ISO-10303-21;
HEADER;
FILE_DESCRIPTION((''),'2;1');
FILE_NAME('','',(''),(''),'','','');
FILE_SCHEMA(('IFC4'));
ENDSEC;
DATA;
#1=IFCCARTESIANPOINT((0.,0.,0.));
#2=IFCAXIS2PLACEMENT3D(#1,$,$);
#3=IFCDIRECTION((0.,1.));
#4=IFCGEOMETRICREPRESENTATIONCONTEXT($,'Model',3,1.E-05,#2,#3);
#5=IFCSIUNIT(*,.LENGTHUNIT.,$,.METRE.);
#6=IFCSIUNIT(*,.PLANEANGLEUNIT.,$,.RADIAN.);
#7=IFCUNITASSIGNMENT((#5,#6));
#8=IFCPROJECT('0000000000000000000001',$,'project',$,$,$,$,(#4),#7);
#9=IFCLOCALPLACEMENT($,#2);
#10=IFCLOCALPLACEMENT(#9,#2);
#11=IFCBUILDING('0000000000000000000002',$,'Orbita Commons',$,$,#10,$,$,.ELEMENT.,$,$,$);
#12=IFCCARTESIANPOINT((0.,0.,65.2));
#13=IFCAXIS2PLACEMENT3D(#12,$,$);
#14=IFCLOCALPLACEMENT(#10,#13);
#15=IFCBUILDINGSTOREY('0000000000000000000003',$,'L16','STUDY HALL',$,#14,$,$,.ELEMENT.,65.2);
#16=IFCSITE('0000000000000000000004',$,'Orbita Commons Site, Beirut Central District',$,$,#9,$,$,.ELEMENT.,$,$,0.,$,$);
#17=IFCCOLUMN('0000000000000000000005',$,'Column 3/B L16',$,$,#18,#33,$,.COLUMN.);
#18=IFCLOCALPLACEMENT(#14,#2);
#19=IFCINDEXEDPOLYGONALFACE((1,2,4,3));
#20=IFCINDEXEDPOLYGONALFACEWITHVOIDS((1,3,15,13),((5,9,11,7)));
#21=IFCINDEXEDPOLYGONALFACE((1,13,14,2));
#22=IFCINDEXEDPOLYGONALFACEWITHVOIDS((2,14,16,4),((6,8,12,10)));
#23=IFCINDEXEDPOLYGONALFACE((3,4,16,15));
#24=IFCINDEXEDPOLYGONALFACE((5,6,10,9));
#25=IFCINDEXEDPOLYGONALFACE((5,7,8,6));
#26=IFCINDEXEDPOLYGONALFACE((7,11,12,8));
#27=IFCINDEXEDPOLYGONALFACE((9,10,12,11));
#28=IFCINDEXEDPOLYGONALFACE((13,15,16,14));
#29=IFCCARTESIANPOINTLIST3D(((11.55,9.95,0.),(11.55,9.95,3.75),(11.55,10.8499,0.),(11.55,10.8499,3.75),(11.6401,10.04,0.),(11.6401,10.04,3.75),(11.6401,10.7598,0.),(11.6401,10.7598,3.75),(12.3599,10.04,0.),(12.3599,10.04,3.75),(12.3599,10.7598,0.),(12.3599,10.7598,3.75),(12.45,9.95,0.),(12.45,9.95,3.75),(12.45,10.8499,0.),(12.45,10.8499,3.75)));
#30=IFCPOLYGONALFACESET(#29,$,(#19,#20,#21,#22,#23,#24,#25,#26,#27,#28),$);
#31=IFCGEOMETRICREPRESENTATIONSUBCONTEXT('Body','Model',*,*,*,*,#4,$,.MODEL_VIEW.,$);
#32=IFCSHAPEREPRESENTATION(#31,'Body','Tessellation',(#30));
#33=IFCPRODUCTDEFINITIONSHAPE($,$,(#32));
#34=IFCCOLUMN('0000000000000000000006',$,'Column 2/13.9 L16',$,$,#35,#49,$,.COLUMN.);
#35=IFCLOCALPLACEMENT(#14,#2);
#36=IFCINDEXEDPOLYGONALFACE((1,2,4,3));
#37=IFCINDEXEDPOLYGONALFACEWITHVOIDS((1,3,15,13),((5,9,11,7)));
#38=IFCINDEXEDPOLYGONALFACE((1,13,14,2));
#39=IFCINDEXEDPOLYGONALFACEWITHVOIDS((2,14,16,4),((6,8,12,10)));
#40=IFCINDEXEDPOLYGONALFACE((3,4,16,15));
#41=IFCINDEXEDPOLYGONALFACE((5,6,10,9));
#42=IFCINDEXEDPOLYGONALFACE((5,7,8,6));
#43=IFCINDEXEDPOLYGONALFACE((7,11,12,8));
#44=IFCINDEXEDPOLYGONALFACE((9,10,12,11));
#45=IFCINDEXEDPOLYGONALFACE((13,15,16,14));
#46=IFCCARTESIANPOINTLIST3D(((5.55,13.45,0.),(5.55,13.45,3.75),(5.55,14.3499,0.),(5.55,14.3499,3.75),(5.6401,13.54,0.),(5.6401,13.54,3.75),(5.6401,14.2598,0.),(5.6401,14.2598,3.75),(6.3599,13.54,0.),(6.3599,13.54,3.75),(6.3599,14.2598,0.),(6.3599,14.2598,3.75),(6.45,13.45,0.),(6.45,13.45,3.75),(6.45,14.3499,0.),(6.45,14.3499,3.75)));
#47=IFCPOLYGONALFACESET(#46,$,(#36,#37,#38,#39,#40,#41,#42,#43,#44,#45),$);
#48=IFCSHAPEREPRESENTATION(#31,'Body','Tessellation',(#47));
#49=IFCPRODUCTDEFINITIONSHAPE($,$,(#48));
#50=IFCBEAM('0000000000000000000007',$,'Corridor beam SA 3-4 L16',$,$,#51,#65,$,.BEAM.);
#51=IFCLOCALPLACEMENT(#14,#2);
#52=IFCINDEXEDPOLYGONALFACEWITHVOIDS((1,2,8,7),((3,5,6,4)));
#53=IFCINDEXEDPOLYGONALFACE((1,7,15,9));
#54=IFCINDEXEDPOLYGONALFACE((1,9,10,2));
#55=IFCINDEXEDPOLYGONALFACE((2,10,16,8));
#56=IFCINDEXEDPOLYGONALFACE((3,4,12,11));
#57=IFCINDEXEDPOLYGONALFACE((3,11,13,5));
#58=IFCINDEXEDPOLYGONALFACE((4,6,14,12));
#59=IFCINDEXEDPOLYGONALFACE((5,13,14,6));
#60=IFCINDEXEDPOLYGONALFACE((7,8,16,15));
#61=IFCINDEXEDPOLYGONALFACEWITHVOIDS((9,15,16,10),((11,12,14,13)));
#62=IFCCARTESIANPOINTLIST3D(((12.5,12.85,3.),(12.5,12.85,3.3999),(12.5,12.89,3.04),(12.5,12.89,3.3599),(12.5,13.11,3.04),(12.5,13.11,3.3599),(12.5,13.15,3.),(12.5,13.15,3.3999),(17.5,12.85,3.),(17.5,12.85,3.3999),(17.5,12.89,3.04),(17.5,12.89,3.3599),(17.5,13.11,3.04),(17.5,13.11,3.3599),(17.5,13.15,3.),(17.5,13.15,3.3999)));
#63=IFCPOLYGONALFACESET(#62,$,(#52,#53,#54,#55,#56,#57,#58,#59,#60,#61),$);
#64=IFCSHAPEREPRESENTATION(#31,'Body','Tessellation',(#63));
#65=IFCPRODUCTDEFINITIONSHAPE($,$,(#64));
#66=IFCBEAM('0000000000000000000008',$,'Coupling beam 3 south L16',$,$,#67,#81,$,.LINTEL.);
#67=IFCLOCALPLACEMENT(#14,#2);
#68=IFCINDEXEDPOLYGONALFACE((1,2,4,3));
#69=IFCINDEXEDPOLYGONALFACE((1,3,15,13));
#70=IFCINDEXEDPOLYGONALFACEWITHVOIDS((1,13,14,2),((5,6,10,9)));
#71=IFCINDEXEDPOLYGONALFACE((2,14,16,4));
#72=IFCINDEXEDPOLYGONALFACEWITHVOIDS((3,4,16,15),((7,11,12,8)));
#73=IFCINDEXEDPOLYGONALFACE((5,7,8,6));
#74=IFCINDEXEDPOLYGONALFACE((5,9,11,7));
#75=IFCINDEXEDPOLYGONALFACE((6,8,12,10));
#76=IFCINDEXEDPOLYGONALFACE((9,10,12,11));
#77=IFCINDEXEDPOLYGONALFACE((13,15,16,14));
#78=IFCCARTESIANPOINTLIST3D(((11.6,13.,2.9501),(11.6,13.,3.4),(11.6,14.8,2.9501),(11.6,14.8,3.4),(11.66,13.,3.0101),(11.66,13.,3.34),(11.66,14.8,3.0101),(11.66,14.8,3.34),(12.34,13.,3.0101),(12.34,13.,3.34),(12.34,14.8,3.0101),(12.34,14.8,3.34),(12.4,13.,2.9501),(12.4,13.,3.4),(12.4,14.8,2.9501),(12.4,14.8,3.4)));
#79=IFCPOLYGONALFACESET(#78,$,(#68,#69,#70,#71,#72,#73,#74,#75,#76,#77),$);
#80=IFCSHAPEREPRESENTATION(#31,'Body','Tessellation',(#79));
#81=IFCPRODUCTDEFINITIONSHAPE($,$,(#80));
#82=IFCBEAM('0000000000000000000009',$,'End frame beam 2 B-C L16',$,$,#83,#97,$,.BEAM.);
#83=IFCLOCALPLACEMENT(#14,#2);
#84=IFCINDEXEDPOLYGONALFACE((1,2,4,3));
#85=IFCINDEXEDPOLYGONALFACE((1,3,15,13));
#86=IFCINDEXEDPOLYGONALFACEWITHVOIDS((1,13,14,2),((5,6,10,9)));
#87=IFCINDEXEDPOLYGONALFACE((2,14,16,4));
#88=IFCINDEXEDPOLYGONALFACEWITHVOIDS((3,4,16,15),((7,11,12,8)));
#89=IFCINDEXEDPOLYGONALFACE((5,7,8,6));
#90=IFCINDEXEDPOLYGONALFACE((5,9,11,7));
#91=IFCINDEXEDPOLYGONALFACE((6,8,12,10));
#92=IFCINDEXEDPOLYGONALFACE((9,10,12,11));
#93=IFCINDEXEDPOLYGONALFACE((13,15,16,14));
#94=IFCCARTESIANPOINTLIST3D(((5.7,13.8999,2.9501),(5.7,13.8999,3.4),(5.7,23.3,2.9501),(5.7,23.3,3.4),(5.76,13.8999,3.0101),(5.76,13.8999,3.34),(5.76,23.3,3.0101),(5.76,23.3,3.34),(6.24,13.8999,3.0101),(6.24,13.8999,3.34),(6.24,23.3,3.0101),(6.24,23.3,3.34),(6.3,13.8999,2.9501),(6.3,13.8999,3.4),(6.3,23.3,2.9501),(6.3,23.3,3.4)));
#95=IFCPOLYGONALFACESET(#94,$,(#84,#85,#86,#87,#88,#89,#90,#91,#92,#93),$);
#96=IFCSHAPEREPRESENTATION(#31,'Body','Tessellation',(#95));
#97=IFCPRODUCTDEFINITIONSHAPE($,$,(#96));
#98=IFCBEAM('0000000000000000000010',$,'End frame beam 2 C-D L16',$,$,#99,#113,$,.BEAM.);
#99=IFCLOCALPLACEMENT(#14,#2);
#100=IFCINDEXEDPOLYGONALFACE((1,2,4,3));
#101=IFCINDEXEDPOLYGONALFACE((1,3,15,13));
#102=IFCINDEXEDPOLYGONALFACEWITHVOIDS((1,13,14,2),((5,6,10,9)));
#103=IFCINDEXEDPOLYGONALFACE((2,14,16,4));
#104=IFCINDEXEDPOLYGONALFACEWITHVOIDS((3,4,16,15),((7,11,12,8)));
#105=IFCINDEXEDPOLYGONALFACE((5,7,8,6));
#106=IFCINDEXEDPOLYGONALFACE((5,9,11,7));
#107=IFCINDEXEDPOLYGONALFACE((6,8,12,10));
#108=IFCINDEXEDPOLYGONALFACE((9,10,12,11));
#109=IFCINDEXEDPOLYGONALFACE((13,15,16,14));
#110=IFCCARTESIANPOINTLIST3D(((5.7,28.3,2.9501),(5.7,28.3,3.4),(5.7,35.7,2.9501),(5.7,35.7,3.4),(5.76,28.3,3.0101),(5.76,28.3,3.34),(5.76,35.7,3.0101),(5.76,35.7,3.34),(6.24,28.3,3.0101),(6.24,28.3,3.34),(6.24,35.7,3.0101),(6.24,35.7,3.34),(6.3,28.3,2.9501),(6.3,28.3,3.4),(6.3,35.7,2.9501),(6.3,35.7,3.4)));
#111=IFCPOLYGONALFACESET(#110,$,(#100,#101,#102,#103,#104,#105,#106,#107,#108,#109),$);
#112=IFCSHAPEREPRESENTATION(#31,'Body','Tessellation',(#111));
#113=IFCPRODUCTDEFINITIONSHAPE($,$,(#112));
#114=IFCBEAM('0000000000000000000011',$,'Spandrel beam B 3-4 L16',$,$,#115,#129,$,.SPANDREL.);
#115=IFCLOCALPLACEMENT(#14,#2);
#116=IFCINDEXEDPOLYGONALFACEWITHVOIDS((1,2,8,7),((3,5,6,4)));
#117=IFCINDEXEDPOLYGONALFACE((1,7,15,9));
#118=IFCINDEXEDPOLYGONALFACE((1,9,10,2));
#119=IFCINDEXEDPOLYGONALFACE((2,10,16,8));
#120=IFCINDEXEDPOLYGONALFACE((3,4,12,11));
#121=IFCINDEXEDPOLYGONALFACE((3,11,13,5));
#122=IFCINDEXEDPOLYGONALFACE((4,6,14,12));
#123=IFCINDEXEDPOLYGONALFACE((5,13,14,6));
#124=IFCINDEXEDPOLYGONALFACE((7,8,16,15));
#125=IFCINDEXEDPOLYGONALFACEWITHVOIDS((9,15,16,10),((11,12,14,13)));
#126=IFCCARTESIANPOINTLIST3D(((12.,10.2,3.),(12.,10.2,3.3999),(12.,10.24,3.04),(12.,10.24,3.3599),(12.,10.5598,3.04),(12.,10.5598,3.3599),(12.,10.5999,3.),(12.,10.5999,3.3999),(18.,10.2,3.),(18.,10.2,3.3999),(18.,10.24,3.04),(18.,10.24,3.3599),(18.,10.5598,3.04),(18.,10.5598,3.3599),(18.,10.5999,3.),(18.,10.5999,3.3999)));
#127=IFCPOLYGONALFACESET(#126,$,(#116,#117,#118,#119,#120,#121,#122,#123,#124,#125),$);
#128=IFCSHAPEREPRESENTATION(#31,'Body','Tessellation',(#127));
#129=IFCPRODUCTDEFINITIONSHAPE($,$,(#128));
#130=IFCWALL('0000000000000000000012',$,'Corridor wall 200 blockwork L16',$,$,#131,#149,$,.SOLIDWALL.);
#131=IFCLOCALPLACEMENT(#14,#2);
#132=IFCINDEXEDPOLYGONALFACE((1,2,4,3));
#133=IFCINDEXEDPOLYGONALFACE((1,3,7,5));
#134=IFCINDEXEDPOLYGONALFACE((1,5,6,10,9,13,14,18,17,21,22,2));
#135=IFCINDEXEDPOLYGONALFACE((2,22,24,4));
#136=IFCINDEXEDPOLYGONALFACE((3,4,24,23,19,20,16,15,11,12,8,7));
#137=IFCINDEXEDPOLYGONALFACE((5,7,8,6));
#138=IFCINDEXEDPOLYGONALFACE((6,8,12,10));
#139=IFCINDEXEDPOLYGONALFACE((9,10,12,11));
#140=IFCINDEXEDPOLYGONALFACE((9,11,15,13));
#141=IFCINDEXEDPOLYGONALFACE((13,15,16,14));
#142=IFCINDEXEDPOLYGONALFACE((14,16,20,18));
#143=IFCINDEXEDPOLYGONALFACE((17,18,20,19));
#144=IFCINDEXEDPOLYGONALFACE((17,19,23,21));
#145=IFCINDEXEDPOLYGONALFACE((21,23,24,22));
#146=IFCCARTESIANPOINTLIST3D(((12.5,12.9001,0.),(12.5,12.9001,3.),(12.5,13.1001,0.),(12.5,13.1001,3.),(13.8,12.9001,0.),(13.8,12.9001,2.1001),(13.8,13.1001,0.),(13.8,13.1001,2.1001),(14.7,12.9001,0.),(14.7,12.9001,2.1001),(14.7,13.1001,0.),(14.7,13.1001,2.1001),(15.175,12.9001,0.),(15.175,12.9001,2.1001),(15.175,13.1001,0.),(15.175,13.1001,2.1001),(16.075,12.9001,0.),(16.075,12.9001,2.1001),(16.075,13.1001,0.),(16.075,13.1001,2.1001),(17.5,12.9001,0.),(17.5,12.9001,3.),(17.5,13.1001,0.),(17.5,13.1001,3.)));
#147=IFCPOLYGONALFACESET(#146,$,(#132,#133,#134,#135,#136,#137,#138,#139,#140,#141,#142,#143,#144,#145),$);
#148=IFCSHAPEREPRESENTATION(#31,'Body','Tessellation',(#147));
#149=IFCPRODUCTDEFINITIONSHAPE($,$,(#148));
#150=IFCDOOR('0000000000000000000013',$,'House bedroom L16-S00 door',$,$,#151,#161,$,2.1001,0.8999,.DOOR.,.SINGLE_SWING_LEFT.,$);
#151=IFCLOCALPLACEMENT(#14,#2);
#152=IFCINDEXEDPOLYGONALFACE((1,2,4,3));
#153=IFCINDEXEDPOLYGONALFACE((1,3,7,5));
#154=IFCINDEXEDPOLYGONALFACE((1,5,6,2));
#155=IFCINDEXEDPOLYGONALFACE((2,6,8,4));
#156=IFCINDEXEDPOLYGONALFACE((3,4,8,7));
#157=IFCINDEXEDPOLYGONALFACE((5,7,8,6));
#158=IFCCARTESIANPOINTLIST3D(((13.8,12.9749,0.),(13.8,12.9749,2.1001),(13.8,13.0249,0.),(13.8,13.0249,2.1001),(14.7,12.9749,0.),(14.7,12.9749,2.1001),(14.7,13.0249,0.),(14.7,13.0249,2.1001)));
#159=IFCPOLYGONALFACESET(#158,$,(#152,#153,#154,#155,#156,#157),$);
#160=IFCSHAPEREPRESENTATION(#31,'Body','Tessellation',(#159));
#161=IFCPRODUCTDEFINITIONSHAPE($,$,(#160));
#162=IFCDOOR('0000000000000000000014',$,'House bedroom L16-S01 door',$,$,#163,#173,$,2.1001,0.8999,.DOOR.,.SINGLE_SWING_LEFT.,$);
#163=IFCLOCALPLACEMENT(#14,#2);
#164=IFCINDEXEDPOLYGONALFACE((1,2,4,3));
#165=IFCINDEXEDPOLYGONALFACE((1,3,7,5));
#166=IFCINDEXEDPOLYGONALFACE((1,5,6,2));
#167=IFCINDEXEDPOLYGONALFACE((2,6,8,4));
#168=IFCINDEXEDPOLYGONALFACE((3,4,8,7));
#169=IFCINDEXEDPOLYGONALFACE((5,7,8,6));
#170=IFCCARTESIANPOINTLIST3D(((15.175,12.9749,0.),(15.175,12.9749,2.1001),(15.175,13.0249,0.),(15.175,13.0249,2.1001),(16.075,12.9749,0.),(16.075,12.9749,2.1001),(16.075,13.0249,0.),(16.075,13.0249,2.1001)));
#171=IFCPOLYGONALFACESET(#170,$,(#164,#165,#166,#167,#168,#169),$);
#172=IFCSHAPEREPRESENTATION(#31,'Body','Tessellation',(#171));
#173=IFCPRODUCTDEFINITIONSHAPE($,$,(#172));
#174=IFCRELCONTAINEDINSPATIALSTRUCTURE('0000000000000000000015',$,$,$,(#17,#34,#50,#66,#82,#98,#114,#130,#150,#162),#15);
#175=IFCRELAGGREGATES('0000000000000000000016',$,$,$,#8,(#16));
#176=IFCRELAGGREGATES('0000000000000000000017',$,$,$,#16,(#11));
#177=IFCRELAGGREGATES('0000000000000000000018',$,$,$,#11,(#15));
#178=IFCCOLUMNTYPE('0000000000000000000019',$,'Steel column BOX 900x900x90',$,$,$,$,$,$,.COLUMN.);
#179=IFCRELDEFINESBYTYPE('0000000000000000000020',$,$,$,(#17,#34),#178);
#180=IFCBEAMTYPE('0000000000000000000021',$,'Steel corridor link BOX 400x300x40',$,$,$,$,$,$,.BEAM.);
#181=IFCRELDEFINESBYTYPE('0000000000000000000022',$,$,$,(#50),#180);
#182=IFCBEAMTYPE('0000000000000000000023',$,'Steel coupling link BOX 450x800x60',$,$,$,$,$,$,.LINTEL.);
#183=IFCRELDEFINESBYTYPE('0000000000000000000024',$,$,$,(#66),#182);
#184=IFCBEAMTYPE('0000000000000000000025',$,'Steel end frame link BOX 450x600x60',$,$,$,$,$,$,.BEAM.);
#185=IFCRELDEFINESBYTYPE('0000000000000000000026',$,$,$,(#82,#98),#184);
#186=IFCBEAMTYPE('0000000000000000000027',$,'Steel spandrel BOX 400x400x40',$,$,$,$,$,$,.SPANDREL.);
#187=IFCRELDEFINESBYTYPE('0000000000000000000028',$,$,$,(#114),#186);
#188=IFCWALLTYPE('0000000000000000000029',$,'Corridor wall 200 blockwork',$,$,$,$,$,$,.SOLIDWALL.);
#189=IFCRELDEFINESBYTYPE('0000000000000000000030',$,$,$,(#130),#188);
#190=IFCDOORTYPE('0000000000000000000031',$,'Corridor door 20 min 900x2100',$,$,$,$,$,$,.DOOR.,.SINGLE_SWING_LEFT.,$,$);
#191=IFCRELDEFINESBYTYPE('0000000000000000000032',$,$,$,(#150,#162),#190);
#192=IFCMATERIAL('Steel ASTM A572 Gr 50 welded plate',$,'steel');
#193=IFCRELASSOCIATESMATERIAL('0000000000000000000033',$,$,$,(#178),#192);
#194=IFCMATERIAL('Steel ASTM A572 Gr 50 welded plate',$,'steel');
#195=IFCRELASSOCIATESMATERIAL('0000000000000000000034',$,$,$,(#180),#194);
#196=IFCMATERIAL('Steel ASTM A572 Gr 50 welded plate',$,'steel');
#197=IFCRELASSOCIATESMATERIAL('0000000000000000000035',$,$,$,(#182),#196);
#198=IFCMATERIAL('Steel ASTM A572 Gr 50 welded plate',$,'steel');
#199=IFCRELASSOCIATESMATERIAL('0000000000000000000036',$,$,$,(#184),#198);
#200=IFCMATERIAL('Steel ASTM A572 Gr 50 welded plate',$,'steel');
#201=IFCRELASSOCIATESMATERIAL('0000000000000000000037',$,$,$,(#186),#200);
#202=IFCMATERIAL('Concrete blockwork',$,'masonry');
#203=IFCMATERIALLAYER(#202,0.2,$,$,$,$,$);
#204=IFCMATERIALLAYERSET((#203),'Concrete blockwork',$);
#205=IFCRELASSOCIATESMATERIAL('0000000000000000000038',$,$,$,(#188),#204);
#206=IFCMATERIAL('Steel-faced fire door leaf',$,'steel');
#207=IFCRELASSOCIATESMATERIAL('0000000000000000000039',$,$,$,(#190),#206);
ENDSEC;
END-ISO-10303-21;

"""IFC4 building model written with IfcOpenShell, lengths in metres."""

from ifc_helpers import new_model, si_unit, direction, frame, frame_2d, origin, origin_2d, place, context, subcontext, project, spatial, polyline, rectangle, hollow_rectangle, outline, extrude, material, layer, layer_set, material_profile, profile_set, type_object, element, fill, save


model = new_model("IFC4")

# Units and contexts
model_context = context("Model", 3, precision=1e-05, world=origin(), true_north=direction((0.0, 1.0)))
body_context = subcontext(model_context, "Body", "Model", "MODEL_VIEW")
ifc_project = project(units=[si_unit("LENGTHUNIT", "METRE"), si_unit("PLANEANGLEUNIT", "RADIAN")], contexts=[model_context])

# Site, building, storey
site_placement = place(None, origin())
site = spatial("IfcSite", under=ifc_project, at=site_placement, Name="Orbita Commons Site, Beirut Central District", CompositionType="ELEMENT", RefElevation=0.0)
building_placement = place(site_placement, origin())
building = spatial("IfcBuilding", under=site, at=building_placement, Name="Orbita Commons", CompositionType="ELEMENT")
storey_placement = place(building_placement, frame((0.0, 0.0, 65.2)))
storey = spatial("IfcBuildingStorey", under=building, at=storey_placement, Name="L16", Description="STUDY HALL", CompositionType="ELEMENT", Elevation=65.2)

# Columns
ifc_material_1 = material(Name="Steel ASTM A572 Gr 50 welded plate", Category="steel")
ifc_material_profile_1 = material_profile(ifc_material_1, hollow_rectangle(XDim=0.8999, YDim=0.8999, WallThickness=0.0901, at=origin_2d()), Name="BOX 900x900x90")
ifc_profile_set_1 = profile_set([ifc_material_profile_1], Name="Steel ASTM A572 Gr 50 welded plate")
column_type = type_object("IfcColumnType", Name="Steel column BOX 900x900x90", PredefinedType="COLUMN", material=ifc_profile_set_1)
for number, where, z_axis, x_axis, name in (
    (1, (12.0, 10.3999, 0.0), (0.0, 0.0, 1.0), (1.0, 0.0, 0.0), "Column 3/B L16"),
    (2, (6.0, 13.8999, 0.0), (0.0, 0.0, 1.0), (1.0, 0.0, 0.0), "Column 2/13.9 L16"),
):
    element("IfcColumn", number, at=place(storey_placement, frame(where, z_axis=z_axis, x_axis=x_axis)), inside=storey, type_object=column_type, Name=name, PredefinedType="COLUMN", context=body_context, shape_type="SweptSolid", body=[
        extrude(hollow_rectangle(XDim=0.8999, YDim=0.8999, WallThickness=0.0901, at=origin_2d()), origin(), (0.0, 0.0, 1.0), 3.75),
    ])

# Beams
ifc_material_2 = material(Name="Steel ASTM A572 Gr 50 welded plate", Category="steel")
ifc_material_profile_2 = material_profile(ifc_material_2, hollow_rectangle(XDim=0.3, YDim=0.3999, WallThickness=0.04, at=origin_2d()), Name="BOX 400x300x40")
ifc_profile_set_2 = profile_set([ifc_material_profile_2], Name="Steel ASTM A572 Gr 50 welded plate")
beam_type_1 = type_object("IfcBeamType", Name="Steel corridor link BOX 400x300x40", PredefinedType="BEAM", material=ifc_profile_set_2)
beam_1_placement = place(storey_placement, frame((12.5, 13.0, 3.2), z_axis=(1.0, 0.0, 0.0), x_axis=(0.0, 1.0, 0.0)))
element("IfcBeam", 3, at=beam_1_placement, inside=storey, type_object=beam_type_1, Name="Corridor beam SA 3-4 L16", PredefinedType="BEAM", context=body_context, shape_type="SweptSolid", body=[
    extrude(hollow_rectangle(XDim=0.3, YDim=0.3999, WallThickness=0.04, at=origin_2d()), origin(), (0.0, 0.0, 1.0), 5.0),
])
ifc_material_3 = material(Name="Steel ASTM A572 Gr 50 welded plate", Category="steel")
ifc_material_profile_3 = material_profile(ifc_material_3, hollow_rectangle(XDim=0.8, YDim=0.45, WallThickness=0.0601, at=origin_2d()), Name="BOX 450x800x60")
ifc_profile_set_3 = profile_set([ifc_material_profile_3], Name="Steel ASTM A572 Gr 50 welded plate")
beam_type_2 = type_object("IfcBeamType", Name="Steel coupling link BOX 450x800x60", PredefinedType="LINTEL", material=ifc_profile_set_3)
beam_2_placement = place(storey_placement, frame((12.0, 13.0, 3.175), z_axis=(0.0, 1.0, 0.0), x_axis=(-1.0, 0.0, 0.0)))
element("IfcBeam", 4, at=beam_2_placement, inside=storey, type_object=beam_type_2, Name="Coupling beam 3 south L16", PredefinedType="LINTEL", context=body_context, shape_type="SweptSolid", body=[
    extrude(hollow_rectangle(XDim=0.8, YDim=0.45, WallThickness=0.0601, at=origin_2d()), origin(), (0.0, 0.0, 1.0), 1.8),
])
ifc_material_4 = material(Name="Steel ASTM A572 Gr 50 welded plate", Category="steel")
ifc_material_profile_4 = material_profile(ifc_material_4, hollow_rectangle(XDim=0.6001, YDim=0.45, WallThickness=0.0601, at=origin_2d()), Name="BOX 450x600x60")
ifc_profile_set_4 = profile_set([ifc_material_profile_4], Name="Steel ASTM A572 Gr 50 welded plate")
beam_type_3 = type_object("IfcBeamType", Name="Steel end frame link BOX 450x600x60", PredefinedType="BEAM", material=ifc_profile_set_4)
beam_3_placement = place(storey_placement, frame((6.0, 13.8999, 3.175), z_axis=(0.0, 1.0, 0.0), x_axis=(-1.0, 0.0, 0.0)))
element("IfcBeam", 5, at=beam_3_placement, inside=storey, type_object=beam_type_3, Name="End frame beam 2 B-C L16", PredefinedType="BEAM", context=body_context, shape_type="SweptSolid", body=[
    extrude(hollow_rectangle(XDim=0.6001, YDim=0.45, WallThickness=0.0601, at=origin_2d()), origin(), (0.0, 0.0, 1.0), 9.4001),
])
beam_4_placement = place(storey_placement, frame((6.0, 28.3, 3.175), z_axis=(0.0, 1.0, 0.0), x_axis=(-1.0, 0.0, 0.0)))
element("IfcBeam", 6, at=beam_4_placement, inside=storey, type_object=beam_type_3, Name="End frame beam 2 C-D L16", PredefinedType="BEAM", context=body_context, shape_type="SweptSolid", body=[
    extrude(hollow_rectangle(XDim=0.6001, YDim=0.45, WallThickness=0.0601, at=origin_2d()), origin(), (0.0, 0.0, 1.0), 7.3999),
])
ifc_material_5 = material(Name="Steel ASTM A572 Gr 50 welded plate", Category="steel")
ifc_material_profile_5 = material_profile(ifc_material_5, hollow_rectangle(XDim=0.3999, YDim=0.3999, WallThickness=0.04, at=origin_2d()), Name="BOX 400x400x40")
ifc_profile_set_5 = profile_set([ifc_material_profile_5], Name="Steel ASTM A572 Gr 50 welded plate")
beam_type_4 = type_object("IfcBeamType", Name="Steel spandrel BOX 400x400x40", PredefinedType="SPANDREL", material=ifc_profile_set_5)
beam_5_placement = place(storey_placement, frame((12.0, 10.3999, 3.2), z_axis=(1.0, 0.0, 0.0), x_axis=(0.0, 1.0, 0.0)))
element("IfcBeam", 7, at=beam_5_placement, inside=storey, type_object=beam_type_4, Name="Spandrel beam B 3-4 L16", PredefinedType="SPANDREL", context=body_context, shape_type="SweptSolid", body=[
    extrude(hollow_rectangle(XDim=0.3999, YDim=0.3999, WallThickness=0.04, at=origin_2d()), origin(), (0.0, 0.0, 1.0), 6.0),
])

# Wall, openings, doors
ifc_material_6 = material(Name="Concrete blockwork", Category="masonry")
ifc_layer_1 = layer(ifc_material_6, 0.2)
ifc_layer_set_1 = layer_set([ifc_layer_1], Name="Concrete blockwork")
wall_type_1 = type_object("IfcWallType", Name="Corridor wall 200 blockwork", PredefinedType="SOLIDWALL", material=ifc_layer_set_1)
wall_1_placement = place(storey_placement, frame((12.5, 13.0, 0.0), z_axis=(0.0, 0.0, 1.0), x_axis=(1.0, 0.0, 0.0)))
wall_1 = element("IfcWall", 8, at=wall_1_placement, inside=storey, type_object=wall_type_1, Name="Corridor wall 200 blockwork L16", PredefinedType="SOLIDWALL", context=body_context, shape_type="SweptSolid", body=[
    extrude(outline(polyline([(0.0, 0.0), (5.0, 0.0), (5.0, 3.0), (0.0, 3.0), (0.0, 0.0)])), frame((0.0, 0.1001, 0.0), z_axis=(0.0, -1.0, 0.0), x_axis=(1.0, 0.0, 0.0)), (0.0, 0.0, 1.0), 0.2),
])
opening_1_placement = place(wall_1_placement, frame((1.3, 0.0, 0.0)))
opening_1 = element("IfcOpeningElement", 9, at=opening_1_placement, cuts=wall_1, PredefinedType="OPENING", context=body_context, shape_type="SweptSolid", body=[
    extrude(rectangle(XDim=0.8999, YDim=2.1001, at=frame_2d((0.45, 1.05))), frame((0.0, 0.1099, 0.0), z_axis=(0.0, -1.0, 0.0), x_axis=(1.0, 0.0, 0.0)), (0.0, 0.0, 1.0), 0.22),
])
opening_2_placement = place(wall_1_placement, frame((2.675, 0.0, 0.0)))
opening_2 = element("IfcOpeningElement", 10, at=opening_2_placement, cuts=wall_1, PredefinedType="OPENING", context=body_context, shape_type="SweptSolid", body=[
    extrude(rectangle(XDim=0.8999, YDim=2.1001, at=frame_2d((0.45, 1.05))), frame((0.0, 0.1099, 0.0), z_axis=(0.0, -1.0, 0.0), x_axis=(1.0, 0.0, 0.0)), (0.0, 0.0, 1.0), 0.22),
])
ifc_material_7 = material(Name="Steel-faced fire door leaf", Category="steel")
door_type_1 = type_object("IfcDoorType", Name="Corridor door 20 min 900x2100", OperationType="SINGLE_SWING_LEFT", PredefinedType="DOOR", material=ifc_material_7)
door_1_placement = place(opening_1_placement, origin())
door_1 = element("IfcDoor", 11, at=door_1_placement, inside=storey, type_object=door_type_1, Name="House bedroom L16-S00 door", OperationType="SINGLE_SWING_LEFT", OverallHeight=2.1001, OverallWidth=0.8999, PredefinedType="DOOR", context=body_context, shape_type="SweptSolid", body=[
    extrude(rectangle(XDim=0.8999, YDim=2.1001, at=frame_2d((0.45, 1.05))), frame((0.0, 0.0249, 0.0), z_axis=(0.0, -1.0, 0.0), x_axis=(1.0, 0.0, 0.0)), (0.0, 0.0, 1.0), 0.05),
])
fill(opening_1, door_1)
door_2_placement = place(opening_2_placement, origin())
door_2 = element("IfcDoor", 12, at=door_2_placement, inside=storey, type_object=door_type_1, Name="House bedroom L16-S01 door", OperationType="SINGLE_SWING_LEFT", OverallHeight=2.1001, OverallWidth=0.8999, PredefinedType="DOOR", context=body_context, shape_type="SweptSolid", body=[
    extrude(rectangle(XDim=0.8999, YDim=2.1001, at=frame_2d((0.45, 1.05))), frame((0.0, 0.0249, 0.0), z_axis=(0.0, -1.0, 0.0), x_axis=(1.0, 0.0, 0.0)), (0.0, 0.0, 1.0), 0.05),
])
fill(opening_2, door_2)

save(model, "model.ifc")
